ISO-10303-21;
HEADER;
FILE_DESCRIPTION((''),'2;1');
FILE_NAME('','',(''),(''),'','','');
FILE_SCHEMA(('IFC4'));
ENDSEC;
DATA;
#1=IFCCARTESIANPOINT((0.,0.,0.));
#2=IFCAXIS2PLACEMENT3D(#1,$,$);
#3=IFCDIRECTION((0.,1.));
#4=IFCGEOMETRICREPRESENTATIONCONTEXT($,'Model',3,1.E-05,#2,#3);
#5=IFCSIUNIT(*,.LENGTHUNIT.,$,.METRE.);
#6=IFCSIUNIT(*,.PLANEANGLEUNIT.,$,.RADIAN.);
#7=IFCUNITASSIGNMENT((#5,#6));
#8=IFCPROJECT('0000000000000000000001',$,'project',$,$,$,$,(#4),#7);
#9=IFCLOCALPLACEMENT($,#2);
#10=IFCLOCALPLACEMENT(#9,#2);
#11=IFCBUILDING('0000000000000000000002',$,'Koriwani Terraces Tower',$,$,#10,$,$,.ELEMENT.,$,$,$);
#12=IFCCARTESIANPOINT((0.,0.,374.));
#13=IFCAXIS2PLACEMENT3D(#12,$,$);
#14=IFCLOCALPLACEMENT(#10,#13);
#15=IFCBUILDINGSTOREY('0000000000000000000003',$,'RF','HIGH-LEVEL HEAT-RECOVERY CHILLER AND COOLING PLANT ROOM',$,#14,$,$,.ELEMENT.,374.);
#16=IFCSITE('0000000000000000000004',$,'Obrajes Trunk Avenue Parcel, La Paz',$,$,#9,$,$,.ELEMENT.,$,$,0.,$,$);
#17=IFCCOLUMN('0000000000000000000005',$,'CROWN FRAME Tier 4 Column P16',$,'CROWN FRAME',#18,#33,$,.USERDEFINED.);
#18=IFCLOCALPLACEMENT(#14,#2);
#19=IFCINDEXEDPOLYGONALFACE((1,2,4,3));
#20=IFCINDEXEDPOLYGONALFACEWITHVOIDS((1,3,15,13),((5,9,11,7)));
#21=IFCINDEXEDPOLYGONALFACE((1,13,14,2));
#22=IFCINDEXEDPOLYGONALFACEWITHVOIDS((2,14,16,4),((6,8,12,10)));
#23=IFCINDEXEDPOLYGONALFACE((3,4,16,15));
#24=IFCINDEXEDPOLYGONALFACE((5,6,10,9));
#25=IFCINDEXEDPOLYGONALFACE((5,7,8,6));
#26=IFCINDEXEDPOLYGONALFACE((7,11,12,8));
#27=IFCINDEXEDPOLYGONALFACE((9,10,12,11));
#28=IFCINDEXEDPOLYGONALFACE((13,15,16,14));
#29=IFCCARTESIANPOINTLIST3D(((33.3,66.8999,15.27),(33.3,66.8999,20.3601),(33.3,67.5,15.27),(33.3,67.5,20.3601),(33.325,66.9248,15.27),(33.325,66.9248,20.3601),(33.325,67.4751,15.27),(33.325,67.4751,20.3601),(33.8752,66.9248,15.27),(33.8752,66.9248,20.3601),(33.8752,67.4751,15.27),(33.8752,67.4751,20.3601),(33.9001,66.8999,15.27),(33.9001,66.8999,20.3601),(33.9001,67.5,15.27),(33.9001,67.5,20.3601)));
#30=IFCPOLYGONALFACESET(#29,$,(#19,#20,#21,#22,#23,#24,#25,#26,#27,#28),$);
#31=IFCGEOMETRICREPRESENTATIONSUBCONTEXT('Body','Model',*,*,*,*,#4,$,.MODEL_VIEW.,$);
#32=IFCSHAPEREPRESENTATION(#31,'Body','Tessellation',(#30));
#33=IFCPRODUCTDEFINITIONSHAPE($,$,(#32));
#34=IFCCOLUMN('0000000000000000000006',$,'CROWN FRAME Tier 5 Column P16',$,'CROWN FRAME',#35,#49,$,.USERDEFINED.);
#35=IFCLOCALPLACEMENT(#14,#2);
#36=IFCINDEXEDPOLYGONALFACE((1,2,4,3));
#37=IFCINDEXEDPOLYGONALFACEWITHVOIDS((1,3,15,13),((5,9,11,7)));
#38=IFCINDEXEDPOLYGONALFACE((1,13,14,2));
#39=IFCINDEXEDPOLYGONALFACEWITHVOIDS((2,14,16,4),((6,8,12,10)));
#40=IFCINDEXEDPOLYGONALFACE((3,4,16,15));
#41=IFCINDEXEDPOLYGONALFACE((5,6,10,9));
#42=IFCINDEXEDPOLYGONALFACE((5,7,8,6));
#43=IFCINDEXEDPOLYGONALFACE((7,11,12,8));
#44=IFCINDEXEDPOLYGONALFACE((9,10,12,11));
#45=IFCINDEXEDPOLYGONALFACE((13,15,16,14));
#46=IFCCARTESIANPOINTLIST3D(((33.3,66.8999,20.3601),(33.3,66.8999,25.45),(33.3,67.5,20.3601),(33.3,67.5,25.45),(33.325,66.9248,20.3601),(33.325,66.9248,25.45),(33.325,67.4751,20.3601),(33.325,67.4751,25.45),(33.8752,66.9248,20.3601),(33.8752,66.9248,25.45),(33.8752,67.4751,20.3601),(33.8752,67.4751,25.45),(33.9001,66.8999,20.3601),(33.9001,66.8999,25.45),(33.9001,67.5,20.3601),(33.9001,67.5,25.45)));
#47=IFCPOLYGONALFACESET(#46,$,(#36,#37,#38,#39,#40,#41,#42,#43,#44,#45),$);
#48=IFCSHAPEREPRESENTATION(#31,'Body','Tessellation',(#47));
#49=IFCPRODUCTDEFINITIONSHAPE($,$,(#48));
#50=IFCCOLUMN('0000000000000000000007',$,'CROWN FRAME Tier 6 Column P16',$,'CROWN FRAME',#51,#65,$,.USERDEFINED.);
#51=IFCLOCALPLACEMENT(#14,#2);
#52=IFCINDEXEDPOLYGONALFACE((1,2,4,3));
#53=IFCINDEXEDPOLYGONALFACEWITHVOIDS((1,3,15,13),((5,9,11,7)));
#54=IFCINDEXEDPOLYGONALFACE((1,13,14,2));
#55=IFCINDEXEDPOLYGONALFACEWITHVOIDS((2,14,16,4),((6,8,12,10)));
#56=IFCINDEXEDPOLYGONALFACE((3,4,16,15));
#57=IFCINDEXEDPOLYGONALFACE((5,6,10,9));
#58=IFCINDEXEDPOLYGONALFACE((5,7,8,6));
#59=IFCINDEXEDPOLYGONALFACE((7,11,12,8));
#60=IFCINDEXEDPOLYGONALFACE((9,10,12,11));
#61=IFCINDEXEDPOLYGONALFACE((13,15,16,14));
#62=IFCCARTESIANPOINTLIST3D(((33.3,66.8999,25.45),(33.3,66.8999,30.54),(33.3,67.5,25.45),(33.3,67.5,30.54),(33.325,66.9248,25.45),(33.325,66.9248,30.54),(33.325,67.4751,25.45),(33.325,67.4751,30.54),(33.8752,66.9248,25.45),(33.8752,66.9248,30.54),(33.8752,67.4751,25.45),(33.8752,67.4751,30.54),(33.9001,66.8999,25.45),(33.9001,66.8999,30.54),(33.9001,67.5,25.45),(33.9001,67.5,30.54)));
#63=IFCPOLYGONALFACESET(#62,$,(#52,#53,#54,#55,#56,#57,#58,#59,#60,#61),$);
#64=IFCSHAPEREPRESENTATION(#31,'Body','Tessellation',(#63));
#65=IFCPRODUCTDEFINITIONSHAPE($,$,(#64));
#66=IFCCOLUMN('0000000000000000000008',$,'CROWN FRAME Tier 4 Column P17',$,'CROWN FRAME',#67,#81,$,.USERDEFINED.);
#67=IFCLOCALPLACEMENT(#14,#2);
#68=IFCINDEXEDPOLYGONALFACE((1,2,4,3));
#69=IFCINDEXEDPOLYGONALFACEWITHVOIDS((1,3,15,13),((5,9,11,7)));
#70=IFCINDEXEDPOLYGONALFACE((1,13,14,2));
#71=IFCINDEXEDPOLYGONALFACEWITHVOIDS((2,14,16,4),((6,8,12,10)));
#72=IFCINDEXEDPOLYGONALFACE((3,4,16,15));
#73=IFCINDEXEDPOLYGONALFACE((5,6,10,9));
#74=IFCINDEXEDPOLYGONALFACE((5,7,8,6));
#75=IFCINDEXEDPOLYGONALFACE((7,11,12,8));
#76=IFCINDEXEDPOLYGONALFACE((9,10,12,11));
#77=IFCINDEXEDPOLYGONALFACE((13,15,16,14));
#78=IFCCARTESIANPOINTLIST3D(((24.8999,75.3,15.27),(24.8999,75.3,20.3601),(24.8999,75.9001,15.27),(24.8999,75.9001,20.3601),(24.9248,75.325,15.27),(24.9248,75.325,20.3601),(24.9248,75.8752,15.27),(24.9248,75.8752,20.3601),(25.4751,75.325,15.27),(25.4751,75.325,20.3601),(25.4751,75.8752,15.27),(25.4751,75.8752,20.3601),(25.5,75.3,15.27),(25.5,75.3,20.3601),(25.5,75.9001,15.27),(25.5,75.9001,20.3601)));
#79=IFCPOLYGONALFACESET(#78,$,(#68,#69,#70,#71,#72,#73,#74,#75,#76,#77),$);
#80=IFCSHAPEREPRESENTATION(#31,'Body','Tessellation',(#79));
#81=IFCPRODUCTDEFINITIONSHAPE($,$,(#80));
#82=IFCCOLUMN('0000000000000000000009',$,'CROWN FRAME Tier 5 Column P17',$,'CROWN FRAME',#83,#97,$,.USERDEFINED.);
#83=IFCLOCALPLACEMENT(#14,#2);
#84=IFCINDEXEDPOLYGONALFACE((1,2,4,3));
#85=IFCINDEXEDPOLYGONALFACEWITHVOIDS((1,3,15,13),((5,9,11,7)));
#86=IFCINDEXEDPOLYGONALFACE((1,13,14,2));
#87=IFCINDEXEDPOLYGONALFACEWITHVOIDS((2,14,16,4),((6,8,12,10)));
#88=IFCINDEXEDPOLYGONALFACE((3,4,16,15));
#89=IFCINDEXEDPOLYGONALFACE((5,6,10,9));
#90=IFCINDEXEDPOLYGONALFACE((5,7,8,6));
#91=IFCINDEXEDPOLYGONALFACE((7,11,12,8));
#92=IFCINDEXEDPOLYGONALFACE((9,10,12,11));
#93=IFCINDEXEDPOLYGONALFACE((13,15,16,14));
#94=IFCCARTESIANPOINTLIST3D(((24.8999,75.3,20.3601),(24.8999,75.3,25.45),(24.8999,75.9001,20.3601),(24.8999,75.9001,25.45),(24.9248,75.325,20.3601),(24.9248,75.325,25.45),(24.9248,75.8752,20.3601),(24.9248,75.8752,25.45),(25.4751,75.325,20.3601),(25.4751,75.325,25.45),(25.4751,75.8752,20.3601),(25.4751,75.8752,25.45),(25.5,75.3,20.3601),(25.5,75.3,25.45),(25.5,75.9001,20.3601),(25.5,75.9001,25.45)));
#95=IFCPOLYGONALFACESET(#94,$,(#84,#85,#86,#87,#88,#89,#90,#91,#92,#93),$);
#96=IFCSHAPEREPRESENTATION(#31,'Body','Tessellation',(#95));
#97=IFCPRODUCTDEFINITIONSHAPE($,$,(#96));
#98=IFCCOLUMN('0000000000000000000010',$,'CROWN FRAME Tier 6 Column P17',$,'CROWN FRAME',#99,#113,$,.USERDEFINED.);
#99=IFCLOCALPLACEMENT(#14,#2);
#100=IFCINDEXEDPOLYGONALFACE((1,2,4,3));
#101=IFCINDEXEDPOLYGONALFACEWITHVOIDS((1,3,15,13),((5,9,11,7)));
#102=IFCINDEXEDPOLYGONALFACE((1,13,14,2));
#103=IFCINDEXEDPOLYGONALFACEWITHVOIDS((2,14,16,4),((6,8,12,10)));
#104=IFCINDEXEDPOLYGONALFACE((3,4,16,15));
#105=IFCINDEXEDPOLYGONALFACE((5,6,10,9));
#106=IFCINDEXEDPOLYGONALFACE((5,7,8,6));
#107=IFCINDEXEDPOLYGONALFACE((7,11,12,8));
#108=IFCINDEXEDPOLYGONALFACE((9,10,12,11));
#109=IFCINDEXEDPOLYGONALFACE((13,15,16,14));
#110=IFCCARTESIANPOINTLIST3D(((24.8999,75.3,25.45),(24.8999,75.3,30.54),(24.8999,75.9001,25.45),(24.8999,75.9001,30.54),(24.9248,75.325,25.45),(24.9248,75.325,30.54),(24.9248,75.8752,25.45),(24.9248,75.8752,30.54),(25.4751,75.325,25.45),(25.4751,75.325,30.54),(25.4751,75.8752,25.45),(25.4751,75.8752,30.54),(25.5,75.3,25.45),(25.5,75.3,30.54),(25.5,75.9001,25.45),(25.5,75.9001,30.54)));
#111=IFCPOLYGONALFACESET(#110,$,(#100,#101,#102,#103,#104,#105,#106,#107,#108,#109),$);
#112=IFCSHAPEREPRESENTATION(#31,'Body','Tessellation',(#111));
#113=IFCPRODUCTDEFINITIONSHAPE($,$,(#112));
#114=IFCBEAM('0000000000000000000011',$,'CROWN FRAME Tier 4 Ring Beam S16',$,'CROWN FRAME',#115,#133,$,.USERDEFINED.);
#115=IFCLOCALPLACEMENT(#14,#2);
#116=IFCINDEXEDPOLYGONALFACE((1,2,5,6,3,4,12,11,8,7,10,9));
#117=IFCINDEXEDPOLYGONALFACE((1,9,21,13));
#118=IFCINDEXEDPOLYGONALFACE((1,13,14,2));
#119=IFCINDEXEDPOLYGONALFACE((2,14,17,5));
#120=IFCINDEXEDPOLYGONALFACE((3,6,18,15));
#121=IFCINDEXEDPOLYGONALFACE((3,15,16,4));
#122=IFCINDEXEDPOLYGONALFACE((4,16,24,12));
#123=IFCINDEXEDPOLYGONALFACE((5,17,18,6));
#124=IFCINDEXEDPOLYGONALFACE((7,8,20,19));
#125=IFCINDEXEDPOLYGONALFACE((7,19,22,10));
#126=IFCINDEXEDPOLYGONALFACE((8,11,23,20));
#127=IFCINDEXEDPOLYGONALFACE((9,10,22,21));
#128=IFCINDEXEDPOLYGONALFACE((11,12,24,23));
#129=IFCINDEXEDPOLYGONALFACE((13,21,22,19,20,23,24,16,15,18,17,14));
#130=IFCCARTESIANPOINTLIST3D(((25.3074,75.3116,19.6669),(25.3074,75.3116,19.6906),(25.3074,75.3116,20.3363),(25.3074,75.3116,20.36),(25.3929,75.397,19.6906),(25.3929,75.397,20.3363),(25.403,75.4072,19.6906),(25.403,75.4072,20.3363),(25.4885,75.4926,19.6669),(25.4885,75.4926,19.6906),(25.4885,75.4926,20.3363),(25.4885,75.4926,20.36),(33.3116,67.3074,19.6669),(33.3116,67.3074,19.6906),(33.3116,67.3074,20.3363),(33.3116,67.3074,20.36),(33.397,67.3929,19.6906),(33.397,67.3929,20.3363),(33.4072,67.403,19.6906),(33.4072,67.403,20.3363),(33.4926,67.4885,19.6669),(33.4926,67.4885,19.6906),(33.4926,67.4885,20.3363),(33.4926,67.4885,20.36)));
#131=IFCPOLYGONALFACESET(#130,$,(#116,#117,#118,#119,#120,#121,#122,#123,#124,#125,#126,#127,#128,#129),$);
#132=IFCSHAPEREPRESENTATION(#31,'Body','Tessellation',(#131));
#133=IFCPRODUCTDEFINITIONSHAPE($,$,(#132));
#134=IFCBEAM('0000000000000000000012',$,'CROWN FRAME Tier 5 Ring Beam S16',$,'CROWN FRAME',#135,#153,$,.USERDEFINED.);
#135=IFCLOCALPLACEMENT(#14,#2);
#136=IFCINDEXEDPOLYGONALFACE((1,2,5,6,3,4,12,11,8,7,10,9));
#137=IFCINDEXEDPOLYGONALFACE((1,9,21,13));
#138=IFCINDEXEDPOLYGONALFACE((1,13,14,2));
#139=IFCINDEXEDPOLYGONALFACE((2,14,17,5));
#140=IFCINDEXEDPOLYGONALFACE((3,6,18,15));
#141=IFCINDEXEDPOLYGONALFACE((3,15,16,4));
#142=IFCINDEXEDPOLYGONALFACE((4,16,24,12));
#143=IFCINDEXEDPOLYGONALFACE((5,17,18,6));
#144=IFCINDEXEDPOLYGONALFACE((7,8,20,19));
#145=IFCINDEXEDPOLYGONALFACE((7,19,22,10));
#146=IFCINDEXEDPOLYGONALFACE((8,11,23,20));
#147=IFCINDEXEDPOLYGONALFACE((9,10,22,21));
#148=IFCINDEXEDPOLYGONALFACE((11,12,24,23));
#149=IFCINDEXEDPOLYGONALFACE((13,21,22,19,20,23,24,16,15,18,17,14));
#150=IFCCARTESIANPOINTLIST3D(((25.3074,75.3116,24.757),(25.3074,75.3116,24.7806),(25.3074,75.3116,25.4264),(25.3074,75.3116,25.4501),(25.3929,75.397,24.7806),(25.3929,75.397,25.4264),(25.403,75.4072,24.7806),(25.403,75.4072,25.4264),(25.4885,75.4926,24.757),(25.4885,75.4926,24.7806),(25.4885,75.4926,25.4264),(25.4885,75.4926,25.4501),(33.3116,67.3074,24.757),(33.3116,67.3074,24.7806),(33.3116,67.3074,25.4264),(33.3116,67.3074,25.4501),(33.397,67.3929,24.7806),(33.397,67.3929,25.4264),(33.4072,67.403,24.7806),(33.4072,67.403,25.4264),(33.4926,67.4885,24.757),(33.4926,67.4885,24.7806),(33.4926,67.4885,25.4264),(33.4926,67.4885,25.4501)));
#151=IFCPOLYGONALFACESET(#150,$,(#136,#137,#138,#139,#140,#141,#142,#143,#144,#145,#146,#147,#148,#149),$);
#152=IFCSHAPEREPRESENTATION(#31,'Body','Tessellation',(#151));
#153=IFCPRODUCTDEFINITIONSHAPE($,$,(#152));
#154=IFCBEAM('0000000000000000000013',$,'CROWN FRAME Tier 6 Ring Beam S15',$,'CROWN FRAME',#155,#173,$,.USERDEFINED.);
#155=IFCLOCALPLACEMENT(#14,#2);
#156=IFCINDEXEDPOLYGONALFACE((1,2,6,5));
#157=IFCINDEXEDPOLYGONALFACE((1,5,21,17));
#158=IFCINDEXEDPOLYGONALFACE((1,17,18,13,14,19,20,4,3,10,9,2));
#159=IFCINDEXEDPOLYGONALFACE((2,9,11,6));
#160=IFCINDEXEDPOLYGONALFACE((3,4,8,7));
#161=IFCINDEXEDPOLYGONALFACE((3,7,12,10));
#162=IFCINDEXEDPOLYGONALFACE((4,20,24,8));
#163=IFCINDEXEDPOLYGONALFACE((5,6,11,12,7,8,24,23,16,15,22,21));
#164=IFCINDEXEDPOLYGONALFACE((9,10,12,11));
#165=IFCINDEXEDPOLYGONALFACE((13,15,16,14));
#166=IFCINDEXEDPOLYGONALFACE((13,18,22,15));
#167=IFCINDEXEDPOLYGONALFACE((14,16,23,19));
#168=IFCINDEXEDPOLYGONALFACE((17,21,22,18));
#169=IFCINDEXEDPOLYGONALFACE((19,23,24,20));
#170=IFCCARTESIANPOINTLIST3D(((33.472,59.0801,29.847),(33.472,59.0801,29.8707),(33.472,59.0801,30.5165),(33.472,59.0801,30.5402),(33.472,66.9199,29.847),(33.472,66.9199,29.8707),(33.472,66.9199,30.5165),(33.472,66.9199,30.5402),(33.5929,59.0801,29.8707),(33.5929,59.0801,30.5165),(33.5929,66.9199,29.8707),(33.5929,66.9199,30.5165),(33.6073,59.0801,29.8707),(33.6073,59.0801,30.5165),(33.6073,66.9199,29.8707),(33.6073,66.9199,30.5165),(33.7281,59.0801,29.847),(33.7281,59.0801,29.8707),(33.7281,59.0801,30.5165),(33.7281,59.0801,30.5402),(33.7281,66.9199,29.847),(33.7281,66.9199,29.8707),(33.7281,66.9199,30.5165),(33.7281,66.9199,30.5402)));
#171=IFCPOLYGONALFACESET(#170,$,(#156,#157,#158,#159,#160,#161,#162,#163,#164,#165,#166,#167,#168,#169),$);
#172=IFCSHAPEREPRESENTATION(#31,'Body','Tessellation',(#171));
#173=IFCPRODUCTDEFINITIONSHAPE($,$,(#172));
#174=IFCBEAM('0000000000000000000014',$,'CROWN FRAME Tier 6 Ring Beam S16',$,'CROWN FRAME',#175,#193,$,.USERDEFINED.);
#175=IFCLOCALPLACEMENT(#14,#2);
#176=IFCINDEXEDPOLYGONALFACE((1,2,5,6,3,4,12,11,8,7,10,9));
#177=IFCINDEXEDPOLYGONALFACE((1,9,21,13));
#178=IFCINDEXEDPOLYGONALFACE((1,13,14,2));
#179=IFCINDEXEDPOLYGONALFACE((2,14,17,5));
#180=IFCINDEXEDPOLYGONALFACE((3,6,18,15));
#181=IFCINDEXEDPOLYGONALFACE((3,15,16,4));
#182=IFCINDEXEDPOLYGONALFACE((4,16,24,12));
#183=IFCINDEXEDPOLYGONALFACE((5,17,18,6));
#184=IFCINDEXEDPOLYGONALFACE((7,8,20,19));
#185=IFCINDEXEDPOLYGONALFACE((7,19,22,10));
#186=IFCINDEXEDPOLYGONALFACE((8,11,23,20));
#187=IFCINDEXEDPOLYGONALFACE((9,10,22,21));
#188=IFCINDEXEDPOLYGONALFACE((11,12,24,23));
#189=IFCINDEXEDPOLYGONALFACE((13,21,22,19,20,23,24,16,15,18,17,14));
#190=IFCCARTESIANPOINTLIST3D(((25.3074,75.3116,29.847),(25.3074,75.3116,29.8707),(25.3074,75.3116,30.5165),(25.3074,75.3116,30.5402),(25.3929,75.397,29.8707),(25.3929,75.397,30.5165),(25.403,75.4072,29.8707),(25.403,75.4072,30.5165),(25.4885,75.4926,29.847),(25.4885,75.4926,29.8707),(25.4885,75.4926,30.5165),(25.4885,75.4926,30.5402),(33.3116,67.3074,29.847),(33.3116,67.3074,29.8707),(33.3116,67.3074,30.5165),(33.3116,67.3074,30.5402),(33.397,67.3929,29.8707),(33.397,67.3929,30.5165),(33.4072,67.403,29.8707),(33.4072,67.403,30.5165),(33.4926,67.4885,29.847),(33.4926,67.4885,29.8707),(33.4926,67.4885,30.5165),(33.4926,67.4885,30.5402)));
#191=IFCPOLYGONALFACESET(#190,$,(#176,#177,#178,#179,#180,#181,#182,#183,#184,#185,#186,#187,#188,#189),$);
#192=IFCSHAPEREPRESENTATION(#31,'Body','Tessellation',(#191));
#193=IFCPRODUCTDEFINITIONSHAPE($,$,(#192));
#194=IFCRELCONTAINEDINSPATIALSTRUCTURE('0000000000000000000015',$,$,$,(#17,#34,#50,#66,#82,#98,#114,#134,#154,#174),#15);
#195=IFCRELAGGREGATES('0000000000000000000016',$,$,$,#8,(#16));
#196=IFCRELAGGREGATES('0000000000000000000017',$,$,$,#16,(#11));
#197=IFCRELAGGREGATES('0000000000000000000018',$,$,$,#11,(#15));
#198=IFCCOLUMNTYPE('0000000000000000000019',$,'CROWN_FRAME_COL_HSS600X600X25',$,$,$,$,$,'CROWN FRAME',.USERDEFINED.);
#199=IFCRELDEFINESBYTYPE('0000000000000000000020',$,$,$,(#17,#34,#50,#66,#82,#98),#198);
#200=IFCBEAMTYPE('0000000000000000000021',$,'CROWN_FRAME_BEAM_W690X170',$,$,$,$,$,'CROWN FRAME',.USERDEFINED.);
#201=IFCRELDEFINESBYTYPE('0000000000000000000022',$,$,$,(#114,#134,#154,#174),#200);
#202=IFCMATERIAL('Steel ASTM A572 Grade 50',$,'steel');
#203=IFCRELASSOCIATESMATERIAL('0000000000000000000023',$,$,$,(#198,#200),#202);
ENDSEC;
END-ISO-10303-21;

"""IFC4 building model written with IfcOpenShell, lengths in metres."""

from ifc_helpers import new_model, si_unit, direction, frame, origin, origin_2d, place, context, subcontext, project, spatial, hollow_rectangle, i_section, extrude, material, material_profile, profile_set, type_object, element, save


model = new_model("IFC4")

# Units and contexts
model_context = context("Model", 3, precision=1e-05, world=origin(), true_north=direction((0.0, 1.0)))
body_context = subcontext(model_context, "Body", "Model", "MODEL_VIEW")
ifc_project = project(units=[si_unit("LENGTHUNIT", "METRE"), si_unit("PLANEANGLEUNIT", "RADIAN")], contexts=[model_context])

# Site, building, storey
site_placement = place(None, origin())
site = spatial("IfcSite", under=ifc_project, at=site_placement, Name="Obrajes Trunk Avenue Parcel, La Paz", CompositionType="ELEMENT", RefElevation=0.0)
building_placement = place(site_placement, origin())
building = spatial("IfcBuilding", under=site, at=building_placement, Name="Koriwani Terraces Tower", CompositionType="ELEMENT")
storey_placement = place(building_placement, frame((0.0, 0.0, 374.0)))
storey = spatial("IfcBuildingStorey", under=building, at=storey_placement, Name="RF", Description="HIGH-LEVEL HEAT-RECOVERY CHILLER AND COOLING PLANT ROOM", CompositionType="ELEMENT", Elevation=374.0)

# Columns
ifc_material_1 = material(Name="Steel ASTM A572 Grade 50", Category="steel")
ifc_material_profile_1 = material_profile(ifc_material_1, hollow_rectangle(XDim=0.6001, YDim=0.6001, WallThickness=0.0249, at=origin_2d()), Name="Steel ASTM A572 Grade 50", Category="LoadBearing")
ifc_profile_set_1 = profile_set([ifc_material_profile_1], Name="Steel ASTM A572 Grade 50")
column_type = type_object("IfcColumnType", Name="CROWN_FRAME_COL_HSS600X600X25", ElementType="CROWN FRAME", PredefinedType="USERDEFINED", material=ifc_profile_set_1)
column_1_placement = place(storey_placement, frame((33.6001, 67.2, 15.27), z_axis=(0.0, 0.0, 1.0), x_axis=(1.0, 0.0, 0.0)))
element("IfcColumn", 1, at=column_1_placement, inside=storey, type_object=column_type, Name="CROWN FRAME Tier 4 Column P16", ObjectType="CROWN FRAME", PredefinedType="USERDEFINED", context=body_context, shape_type="SweptSolid", body=[
    extrude(hollow_rectangle(XDim=0.6001, YDim=0.6001, WallThickness=0.0249, at=origin_2d()), origin(), (0.0, 0.0, 1.0), 5.0901),
])
column_2_placement = place(storey_placement, frame((33.6001, 67.2, 20.3601), z_axis=(0.0, 0.0, 1.0), x_axis=(1.0, 0.0, 0.0)))
element("IfcColumn", 2, at=column_2_placement, inside=storey, type_object=column_type, Name="CROWN FRAME Tier 5 Column P16", ObjectType="CROWN FRAME", PredefinedType="USERDEFINED", context=body_context, shape_type="SweptSolid", body=[
    extrude(hollow_rectangle(XDim=0.6001, YDim=0.6001, WallThickness=0.0249, at=origin_2d()), origin(), (0.0, 0.0, 1.0), 5.0898),
])
for number, where, z_axis, x_axis, name in (
    (3, (33.6001, 67.2, 25.45), (0.0, 0.0, 1.0), (1.0, 0.0, 0.0), "CROWN FRAME Tier 6 Column P16"),
    (4, (25.2, 75.6001, 15.27), (0.0, 0.0, 1.0), (1.0, 0.0, 0.0), "CROWN FRAME Tier 4 Column P17"),
):
    element("IfcColumn", number, at=place(storey_placement, frame(where, z_axis=z_axis, x_axis=x_axis)), inside=storey, type_object=column_type, Name=name, ObjectType="CROWN FRAME", PredefinedType="USERDEFINED", context=body_context, shape_type="SweptSolid", body=[
        extrude(hollow_rectangle(XDim=0.6001, YDim=0.6001, WallThickness=0.0249, at=origin_2d()), origin(), (0.0, 0.0, 1.0), 5.0901),
    ])
column_3_placement = place(storey_placement, frame((25.2, 75.6001, 20.3601), z_axis=(0.0, 0.0, 1.0), x_axis=(1.0, 0.0, 0.0)))
element("IfcColumn", 5, at=column_3_placement, inside=storey, type_object=column_type, Name="CROWN FRAME Tier 5 Column P17", ObjectType="CROWN FRAME", PredefinedType="USERDEFINED", context=body_context, shape_type="SweptSolid", body=[
    extrude(hollow_rectangle(XDim=0.6001, YDim=0.6001, WallThickness=0.0249, at=origin_2d()), origin(), (0.0, 0.0, 1.0), 5.0898),
])
column_4_placement = place(storey_placement, frame((25.2, 75.6001, 25.45), z_axis=(0.0, 0.0, 1.0), x_axis=(1.0, 0.0, 0.0)))
element("IfcColumn", 6, at=column_4_placement, inside=storey, type_object=column_type, Name="CROWN FRAME Tier 6 Column P17", ObjectType="CROWN FRAME", PredefinedType="USERDEFINED", context=body_context, shape_type="SweptSolid", body=[
    extrude(hollow_rectangle(XDim=0.6001, YDim=0.6001, WallThickness=0.0249, at=origin_2d()), origin(), (0.0, 0.0, 1.0), 5.0901),
])

# Beams
ifc_material_profile_2 = material_profile(ifc_material_1, i_section(OverallWidth=0.2561, OverallDepth=0.6931, WebThickness=0.0144, FlangeThickness=0.0237, at=origin_2d()), Name="Steel ASTM A572 Grade 50", Category="LoadBearing")
ifc_profile_set_2 = profile_set([ifc_material_profile_2], Name="Steel ASTM A572 Grade 50")
beam_type_1 = type_object("IfcBeamType", Name="CROWN_FRAME_BEAM_W690X170", ElementType="CROWN FRAME", PredefinedType="USERDEFINED", material=ifc_profile_set_2)
for number, where, z_axis, x_axis, name in (
    (7, (33.4021, 67.3979, 20.0134), (-0.707107, 0.707107, 0.0), (-0.707107, -0.707107, 0.0), "CROWN FRAME Tier 4 Ring Beam S16"),
    (8, (33.4021, 67.3979, 25.1035), (-0.707107, 0.707107, 0.0), (-0.707107, -0.707107, 0.0), "CROWN FRAME Tier 5 Ring Beam S16"),
):
    element("IfcBeam", number, at=place(storey_placement, frame(where, z_axis=z_axis, x_axis=x_axis)), inside=storey, type_object=beam_type_1, Name=name, ObjectType="CROWN FRAME", PredefinedType="USERDEFINED", context=body_context, shape_type="SweptSolid", body=[
        extrude(i_section(OverallWidth=0.2561, OverallDepth=0.6931, WebThickness=0.0144, FlangeThickness=0.0237, at=origin_2d()), origin(), (0.0, 0.0, 1.0), 11.3196),
    ])
beam_1_placement = place(storey_placement, frame((33.6001, 59.0801, 30.1936), z_axis=(0.0, 1.0, 0.0), x_axis=(-1.0, 0.0, 0.0)))
element("IfcBeam", 9, at=beam_1_placement, inside=storey, type_object=beam_type_1, Name="CROWN FRAME Tier 6 Ring Beam S15", ObjectType="CROWN FRAME", PredefinedType="USERDEFINED", context=body_context, shape_type="SweptSolid", body=[
    extrude(i_section(OverallWidth=0.2561, OverallDepth=0.6931, WebThickness=0.0144, FlangeThickness=0.0237, at=origin_2d()), origin(), (0.0, 0.0, 1.0), 7.8398),
])
beam_2_placement = place(storey_placement, frame((33.4021, 67.3979, 30.1936), z_axis=(-0.707107, 0.707107, 0.0), x_axis=(-0.707107, -0.707107, 0.0)))
element("IfcBeam", 10, at=beam_2_placement, inside=storey, type_object=beam_type_1, Name="CROWN FRAME Tier 6 Ring Beam S16", ObjectType="CROWN FRAME", PredefinedType="USERDEFINED", context=body_context, shape_type="SweptSolid", body=[
    extrude(i_section(OverallWidth=0.2561, OverallDepth=0.6931, WebThickness=0.0144, FlangeThickness=0.0237, at=origin_2d()), origin(), (0.0, 0.0, 1.0), 11.3196),
])

save(model, "model.ifc")
